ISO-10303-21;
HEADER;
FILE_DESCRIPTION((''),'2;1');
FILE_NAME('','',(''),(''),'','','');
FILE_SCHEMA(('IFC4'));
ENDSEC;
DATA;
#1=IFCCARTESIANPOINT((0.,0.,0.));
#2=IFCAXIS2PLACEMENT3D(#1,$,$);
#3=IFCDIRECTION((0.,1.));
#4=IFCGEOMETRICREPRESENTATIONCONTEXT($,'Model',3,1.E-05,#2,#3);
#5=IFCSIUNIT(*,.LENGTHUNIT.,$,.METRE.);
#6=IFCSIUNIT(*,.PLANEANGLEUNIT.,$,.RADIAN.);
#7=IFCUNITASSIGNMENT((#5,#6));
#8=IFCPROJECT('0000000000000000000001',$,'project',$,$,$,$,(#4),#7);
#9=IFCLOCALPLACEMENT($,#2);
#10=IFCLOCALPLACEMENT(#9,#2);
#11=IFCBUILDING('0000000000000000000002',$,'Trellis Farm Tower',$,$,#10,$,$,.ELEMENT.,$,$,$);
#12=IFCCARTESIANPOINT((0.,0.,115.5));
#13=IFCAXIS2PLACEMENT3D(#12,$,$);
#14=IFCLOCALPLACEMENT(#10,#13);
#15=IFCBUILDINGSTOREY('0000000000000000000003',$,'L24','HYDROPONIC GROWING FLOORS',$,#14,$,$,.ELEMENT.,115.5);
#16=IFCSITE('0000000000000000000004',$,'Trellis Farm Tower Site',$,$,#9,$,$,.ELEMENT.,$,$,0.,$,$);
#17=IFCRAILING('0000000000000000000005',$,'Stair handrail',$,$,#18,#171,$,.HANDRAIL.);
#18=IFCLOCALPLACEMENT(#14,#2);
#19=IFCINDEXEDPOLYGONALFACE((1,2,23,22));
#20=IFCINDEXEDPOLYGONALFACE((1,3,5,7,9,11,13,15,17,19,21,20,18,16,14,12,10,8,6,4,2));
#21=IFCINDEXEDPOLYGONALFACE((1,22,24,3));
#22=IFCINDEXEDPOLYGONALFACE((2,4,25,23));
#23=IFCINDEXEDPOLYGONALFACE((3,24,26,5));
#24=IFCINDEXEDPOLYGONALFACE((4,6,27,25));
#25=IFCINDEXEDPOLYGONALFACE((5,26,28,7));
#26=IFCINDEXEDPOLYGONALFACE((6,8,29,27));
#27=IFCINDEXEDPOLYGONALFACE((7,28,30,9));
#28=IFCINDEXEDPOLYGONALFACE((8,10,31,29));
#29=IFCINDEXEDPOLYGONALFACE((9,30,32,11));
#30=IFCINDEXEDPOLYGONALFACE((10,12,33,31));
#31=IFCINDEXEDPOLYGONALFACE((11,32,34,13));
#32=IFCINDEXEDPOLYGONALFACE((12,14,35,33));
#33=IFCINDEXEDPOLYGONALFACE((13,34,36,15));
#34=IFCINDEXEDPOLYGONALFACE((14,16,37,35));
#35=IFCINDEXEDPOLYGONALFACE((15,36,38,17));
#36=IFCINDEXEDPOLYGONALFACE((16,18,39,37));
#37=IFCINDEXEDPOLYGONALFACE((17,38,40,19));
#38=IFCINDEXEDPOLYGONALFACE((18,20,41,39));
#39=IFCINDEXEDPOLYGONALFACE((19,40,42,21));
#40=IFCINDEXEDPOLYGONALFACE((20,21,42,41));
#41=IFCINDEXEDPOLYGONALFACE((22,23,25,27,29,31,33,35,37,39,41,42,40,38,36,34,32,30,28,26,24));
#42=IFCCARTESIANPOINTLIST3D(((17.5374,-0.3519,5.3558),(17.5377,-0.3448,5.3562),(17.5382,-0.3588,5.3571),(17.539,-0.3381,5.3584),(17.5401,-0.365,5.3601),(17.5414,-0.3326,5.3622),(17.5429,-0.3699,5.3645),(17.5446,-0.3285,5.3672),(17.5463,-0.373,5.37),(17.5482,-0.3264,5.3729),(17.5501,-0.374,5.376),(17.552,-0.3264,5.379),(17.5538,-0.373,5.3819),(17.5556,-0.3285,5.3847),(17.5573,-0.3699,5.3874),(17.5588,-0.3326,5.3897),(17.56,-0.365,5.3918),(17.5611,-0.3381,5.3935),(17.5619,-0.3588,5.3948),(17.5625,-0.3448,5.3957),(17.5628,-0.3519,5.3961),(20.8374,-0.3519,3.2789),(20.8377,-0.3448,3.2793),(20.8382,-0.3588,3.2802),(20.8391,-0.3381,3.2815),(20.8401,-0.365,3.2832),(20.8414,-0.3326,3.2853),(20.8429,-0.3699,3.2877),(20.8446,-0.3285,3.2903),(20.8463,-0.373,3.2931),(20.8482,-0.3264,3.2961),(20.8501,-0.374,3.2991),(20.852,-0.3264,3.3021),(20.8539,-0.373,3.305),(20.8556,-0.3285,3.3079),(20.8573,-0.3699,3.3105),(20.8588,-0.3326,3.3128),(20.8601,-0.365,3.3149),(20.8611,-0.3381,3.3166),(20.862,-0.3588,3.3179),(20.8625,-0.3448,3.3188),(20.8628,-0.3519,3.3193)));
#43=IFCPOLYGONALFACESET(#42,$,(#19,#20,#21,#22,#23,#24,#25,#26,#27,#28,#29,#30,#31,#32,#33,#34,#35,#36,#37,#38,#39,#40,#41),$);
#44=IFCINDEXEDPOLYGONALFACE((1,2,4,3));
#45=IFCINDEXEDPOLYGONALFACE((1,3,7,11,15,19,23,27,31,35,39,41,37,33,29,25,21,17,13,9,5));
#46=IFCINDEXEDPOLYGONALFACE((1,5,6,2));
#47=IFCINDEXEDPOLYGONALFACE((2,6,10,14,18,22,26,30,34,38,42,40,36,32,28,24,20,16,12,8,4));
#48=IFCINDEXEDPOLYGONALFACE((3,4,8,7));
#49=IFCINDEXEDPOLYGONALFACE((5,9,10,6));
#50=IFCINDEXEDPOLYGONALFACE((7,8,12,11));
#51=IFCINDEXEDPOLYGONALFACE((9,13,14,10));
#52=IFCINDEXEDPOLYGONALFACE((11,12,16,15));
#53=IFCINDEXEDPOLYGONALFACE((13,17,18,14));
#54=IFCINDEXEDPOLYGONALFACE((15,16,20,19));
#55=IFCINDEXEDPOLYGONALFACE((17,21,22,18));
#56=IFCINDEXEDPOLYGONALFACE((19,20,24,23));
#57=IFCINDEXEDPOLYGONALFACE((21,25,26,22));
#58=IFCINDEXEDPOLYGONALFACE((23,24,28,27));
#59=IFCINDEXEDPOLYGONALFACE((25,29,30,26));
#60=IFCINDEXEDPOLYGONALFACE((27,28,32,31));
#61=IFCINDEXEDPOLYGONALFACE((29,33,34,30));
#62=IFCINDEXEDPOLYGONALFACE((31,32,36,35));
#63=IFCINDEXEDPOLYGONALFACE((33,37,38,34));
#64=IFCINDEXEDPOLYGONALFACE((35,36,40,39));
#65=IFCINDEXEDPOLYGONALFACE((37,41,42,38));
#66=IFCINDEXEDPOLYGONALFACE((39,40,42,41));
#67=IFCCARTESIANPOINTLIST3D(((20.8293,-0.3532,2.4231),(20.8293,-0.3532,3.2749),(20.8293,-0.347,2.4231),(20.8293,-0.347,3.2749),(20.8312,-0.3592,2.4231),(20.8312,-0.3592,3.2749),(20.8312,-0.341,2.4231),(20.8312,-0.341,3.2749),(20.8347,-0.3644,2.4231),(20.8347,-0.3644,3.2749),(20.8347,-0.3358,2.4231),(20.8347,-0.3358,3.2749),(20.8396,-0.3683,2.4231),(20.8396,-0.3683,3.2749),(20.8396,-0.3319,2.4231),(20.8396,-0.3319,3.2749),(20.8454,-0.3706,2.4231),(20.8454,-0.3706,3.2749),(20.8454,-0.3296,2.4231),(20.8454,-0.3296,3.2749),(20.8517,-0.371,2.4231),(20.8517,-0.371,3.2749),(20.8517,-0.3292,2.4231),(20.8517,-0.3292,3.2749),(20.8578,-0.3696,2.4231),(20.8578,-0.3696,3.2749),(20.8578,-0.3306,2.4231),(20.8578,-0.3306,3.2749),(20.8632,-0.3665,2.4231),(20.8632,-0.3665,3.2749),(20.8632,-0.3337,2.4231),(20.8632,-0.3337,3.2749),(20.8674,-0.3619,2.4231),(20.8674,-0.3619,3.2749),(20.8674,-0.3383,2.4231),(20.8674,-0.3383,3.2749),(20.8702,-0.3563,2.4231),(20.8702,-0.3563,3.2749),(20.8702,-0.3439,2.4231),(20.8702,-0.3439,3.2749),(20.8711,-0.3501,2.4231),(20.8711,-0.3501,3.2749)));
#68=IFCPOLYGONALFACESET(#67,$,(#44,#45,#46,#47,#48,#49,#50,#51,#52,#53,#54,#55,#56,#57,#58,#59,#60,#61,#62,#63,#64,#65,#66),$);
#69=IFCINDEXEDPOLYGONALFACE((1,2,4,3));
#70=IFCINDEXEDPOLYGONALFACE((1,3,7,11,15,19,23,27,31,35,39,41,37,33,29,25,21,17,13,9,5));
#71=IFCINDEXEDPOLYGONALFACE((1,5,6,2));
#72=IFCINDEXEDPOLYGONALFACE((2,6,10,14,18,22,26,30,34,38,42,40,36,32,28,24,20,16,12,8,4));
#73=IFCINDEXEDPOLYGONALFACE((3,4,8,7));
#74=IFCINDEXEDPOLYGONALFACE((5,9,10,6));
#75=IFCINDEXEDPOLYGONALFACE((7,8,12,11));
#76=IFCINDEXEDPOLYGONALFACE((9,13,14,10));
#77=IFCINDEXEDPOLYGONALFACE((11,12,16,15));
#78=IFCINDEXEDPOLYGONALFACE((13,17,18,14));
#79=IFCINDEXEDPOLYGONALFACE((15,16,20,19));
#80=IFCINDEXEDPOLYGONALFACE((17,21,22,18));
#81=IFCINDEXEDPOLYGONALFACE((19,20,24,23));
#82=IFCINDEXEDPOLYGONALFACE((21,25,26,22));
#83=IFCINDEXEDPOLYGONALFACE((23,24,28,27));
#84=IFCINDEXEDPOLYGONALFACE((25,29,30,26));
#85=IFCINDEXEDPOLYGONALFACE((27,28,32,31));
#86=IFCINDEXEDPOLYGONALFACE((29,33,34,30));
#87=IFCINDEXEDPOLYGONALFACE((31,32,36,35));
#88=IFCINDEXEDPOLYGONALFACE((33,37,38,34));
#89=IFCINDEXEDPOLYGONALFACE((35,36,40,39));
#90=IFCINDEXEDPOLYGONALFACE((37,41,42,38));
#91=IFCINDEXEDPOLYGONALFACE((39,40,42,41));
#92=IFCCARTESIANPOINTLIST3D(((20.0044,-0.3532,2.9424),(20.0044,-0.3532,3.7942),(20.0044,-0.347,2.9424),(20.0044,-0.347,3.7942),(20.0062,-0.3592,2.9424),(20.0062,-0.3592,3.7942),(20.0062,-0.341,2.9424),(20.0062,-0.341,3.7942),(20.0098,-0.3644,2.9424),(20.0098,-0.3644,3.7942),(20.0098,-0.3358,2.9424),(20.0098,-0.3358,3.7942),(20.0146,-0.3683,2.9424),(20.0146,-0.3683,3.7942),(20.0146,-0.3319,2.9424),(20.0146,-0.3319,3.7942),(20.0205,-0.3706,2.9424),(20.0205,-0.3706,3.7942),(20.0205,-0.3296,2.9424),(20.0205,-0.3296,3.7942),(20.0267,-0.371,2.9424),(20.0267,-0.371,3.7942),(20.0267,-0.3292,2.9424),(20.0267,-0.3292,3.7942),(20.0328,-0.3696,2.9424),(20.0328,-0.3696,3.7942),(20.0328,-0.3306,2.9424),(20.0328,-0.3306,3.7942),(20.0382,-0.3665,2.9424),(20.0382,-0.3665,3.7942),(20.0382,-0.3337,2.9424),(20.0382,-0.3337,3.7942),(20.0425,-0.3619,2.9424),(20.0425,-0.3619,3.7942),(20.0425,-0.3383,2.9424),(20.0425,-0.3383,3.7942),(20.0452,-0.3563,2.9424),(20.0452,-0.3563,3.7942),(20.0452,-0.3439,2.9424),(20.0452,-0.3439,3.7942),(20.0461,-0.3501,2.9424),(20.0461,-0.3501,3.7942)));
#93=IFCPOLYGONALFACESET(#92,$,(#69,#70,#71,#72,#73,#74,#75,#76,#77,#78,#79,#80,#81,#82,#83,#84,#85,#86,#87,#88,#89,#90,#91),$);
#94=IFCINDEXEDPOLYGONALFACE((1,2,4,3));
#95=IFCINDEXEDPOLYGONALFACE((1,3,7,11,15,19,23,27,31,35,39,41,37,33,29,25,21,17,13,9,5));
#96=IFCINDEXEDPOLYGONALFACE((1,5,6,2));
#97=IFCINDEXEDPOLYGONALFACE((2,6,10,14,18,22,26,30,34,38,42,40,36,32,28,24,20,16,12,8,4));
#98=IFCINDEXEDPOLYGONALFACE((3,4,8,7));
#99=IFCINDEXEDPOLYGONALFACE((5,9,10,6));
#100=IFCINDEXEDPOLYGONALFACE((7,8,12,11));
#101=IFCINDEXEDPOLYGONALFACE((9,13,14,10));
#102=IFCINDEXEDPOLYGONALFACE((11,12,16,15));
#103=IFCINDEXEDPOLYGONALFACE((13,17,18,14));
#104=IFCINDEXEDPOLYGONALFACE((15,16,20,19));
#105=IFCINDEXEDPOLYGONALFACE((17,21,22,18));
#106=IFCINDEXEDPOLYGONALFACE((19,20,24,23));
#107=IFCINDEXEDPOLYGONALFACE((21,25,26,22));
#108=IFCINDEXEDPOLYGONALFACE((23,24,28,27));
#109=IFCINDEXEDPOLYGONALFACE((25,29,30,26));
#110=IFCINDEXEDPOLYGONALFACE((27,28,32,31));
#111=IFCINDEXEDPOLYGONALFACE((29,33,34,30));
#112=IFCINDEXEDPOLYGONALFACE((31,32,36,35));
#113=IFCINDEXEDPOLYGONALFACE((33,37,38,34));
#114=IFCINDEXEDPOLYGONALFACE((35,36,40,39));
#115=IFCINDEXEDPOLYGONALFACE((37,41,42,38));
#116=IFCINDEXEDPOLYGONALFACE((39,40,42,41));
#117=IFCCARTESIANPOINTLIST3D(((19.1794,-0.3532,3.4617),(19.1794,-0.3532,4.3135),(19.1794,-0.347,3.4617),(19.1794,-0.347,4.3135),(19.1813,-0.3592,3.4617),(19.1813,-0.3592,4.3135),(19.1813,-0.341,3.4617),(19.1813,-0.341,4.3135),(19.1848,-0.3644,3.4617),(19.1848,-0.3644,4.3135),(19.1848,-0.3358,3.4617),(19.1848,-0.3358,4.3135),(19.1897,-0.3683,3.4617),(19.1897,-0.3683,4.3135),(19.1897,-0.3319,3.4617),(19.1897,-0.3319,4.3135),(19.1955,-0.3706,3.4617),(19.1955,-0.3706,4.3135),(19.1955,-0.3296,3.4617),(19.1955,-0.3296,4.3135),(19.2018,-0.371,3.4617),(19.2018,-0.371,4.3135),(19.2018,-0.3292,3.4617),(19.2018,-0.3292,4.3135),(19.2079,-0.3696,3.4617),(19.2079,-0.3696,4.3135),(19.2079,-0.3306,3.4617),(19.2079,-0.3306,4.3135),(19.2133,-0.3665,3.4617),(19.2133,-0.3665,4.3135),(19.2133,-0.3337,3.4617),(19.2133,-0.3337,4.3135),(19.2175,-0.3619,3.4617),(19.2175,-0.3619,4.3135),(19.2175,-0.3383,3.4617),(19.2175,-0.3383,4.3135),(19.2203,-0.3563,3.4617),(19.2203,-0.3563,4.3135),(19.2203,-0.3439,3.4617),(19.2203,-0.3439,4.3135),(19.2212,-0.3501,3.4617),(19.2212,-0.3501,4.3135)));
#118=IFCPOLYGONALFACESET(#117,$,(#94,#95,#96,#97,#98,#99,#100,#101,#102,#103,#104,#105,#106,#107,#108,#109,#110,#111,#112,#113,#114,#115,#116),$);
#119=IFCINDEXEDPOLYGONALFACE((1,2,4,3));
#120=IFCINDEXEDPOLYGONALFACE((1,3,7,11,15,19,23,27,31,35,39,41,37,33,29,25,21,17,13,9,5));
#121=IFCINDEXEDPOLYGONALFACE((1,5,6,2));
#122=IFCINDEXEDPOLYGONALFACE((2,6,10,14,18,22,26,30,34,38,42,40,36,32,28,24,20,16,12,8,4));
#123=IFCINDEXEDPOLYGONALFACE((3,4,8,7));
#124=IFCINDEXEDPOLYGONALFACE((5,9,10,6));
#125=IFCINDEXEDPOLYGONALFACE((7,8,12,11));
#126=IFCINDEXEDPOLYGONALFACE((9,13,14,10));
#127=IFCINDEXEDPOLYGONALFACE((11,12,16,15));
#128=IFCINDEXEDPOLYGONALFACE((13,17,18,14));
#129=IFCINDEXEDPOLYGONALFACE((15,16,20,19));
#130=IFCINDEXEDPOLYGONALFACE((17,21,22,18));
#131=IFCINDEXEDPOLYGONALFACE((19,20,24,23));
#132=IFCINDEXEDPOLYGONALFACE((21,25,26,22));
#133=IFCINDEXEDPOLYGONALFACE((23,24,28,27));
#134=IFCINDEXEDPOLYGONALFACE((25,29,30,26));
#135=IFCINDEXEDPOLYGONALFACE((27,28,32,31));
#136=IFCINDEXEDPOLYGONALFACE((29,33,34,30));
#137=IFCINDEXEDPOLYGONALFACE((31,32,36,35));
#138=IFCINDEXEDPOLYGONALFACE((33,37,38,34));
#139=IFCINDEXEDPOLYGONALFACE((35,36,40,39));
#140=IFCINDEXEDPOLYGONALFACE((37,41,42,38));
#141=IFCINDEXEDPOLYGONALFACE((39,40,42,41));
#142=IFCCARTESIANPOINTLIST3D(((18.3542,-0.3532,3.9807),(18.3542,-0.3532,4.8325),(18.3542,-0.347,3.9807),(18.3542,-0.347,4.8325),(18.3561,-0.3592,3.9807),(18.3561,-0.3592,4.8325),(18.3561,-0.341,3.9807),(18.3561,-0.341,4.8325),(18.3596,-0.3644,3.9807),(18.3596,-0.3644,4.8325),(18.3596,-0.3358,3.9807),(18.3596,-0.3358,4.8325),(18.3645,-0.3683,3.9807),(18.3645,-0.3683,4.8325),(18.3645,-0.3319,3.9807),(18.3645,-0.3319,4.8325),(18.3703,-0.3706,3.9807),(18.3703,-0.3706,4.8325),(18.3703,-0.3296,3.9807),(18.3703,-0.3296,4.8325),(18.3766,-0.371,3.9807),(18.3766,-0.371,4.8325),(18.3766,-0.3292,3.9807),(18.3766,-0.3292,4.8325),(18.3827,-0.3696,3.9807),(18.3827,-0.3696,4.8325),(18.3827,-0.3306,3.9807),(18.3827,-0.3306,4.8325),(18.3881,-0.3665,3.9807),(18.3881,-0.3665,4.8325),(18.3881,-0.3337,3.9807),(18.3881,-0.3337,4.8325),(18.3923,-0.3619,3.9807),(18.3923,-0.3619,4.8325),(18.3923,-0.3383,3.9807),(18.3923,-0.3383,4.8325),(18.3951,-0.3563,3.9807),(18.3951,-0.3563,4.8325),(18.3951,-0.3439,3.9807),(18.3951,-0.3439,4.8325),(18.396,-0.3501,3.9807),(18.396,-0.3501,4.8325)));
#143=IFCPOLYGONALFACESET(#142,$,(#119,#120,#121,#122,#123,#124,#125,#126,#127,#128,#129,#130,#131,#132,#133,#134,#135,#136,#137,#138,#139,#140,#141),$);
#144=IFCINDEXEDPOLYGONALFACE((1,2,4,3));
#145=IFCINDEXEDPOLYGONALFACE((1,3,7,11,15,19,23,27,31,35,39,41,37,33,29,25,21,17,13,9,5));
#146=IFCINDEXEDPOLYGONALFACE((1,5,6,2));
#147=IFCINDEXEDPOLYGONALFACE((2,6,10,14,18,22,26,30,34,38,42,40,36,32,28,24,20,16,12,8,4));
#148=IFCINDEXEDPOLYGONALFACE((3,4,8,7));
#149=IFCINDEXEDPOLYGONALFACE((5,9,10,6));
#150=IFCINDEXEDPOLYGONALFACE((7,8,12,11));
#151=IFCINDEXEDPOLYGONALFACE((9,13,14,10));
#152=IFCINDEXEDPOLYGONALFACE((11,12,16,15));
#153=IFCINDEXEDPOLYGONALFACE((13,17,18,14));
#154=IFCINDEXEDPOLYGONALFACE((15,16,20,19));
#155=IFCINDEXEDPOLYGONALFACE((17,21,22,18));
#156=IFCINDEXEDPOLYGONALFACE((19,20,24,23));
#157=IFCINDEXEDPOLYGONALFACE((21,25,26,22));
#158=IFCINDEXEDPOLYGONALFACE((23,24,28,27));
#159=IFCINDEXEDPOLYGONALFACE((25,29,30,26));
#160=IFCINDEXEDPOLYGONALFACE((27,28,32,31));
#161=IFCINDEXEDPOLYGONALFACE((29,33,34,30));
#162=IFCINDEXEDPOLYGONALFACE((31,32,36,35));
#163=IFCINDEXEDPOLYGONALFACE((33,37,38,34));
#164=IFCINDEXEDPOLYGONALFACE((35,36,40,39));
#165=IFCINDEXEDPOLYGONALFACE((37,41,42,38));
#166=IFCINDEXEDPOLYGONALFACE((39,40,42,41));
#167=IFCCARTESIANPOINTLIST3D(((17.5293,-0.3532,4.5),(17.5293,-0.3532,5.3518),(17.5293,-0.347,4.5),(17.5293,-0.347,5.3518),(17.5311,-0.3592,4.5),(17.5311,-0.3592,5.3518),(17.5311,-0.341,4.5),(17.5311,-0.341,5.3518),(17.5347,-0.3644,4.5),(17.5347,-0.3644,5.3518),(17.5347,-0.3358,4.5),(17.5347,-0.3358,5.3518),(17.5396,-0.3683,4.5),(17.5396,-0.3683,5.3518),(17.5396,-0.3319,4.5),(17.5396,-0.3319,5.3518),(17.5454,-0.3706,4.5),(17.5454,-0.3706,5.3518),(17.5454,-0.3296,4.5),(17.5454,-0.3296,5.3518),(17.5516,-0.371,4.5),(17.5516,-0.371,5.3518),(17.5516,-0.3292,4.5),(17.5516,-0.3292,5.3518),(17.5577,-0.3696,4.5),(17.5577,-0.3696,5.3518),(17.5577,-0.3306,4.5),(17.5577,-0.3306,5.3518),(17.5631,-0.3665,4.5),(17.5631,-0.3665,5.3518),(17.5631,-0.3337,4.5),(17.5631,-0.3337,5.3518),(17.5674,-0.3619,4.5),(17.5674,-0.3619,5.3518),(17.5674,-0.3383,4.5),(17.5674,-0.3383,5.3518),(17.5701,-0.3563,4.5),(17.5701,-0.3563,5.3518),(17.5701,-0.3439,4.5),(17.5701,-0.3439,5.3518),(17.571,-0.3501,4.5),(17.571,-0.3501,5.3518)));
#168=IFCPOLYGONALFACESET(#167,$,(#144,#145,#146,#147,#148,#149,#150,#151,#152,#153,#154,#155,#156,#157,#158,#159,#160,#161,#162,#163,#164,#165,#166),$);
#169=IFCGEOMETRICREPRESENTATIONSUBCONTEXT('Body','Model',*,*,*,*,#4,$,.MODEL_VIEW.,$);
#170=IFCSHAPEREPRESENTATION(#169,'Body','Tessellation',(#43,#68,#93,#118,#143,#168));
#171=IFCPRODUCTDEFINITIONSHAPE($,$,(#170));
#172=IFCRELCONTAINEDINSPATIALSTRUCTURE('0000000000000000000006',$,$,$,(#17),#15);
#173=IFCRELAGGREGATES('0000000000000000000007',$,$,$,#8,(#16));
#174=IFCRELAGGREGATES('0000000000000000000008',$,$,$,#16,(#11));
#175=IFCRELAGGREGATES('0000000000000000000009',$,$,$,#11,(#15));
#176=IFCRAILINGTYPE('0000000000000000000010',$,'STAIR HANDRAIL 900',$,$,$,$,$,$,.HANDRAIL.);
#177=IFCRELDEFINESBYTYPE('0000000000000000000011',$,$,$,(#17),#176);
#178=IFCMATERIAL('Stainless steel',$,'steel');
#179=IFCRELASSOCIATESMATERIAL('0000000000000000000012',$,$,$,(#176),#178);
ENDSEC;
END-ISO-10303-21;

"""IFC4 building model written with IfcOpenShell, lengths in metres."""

from ifc_helpers import new_model, si_unit, direction, frame, origin, origin_2d, place, context, subcontext, project, spatial, circle, extrude, source, transform, mapped, material, type_object, element, save


model = new_model("IFC4")

# Units and contexts
model_context = context("Model", 3, precision=1e-05, world=origin(), true_north=direction((0.0, 1.0)))
body_context = subcontext(model_context, "Body", "Model", "MODEL_VIEW")
ifc_project = project(units=[si_unit("LENGTHUNIT", "METRE"), si_unit("PLANEANGLEUNIT", "RADIAN")], contexts=[model_context])

# Site, building, storey
site_placement = place(None, origin())
site = spatial("IfcSite", under=ifc_project, at=site_placement, Name="Trellis Farm Tower Site", CompositionType="ELEMENT", RefElevation=0.0)
building_placement = place(site_placement, origin())
building = spatial("IfcBuilding", under=site, at=building_placement, Name="Trellis Farm Tower", CompositionType="ELEMENT")
storey_placement = place(building_placement, frame((0.0, 0.0, 115.5)))
storey = spatial("IfcBuildingStorey", under=building, at=storey_placement, Name="L24", Description="HYDROPONIC GROWING FLOORS", CompositionType="ELEMENT", Elevation=115.5)

# Shared definitions
ifc_material_1 = material(Name="Stainless steel", Category="steel")

# Railing
railing_type = type_object("IfcRailingType", Name="STAIR HANDRAIL 900", PredefinedType="HANDRAIL", material=ifc_material_1)
shared_shape_1 = source(origin(), body_context, "Body", "SweptSolid", [
    extrude(circle(Radius=0.0239, at=origin_2d()), frame((0.0, 0.0, 0.876), z_axis=(-0.846337, 0.0, 0.532647), x_axis=(0.0, -1.0, 0.0)), (0.0, 0.0, 1.0), 3.8992),
    extrude(circle(Radius=0.021, at=origin_2d()), origin(), (0.0, 0.0, 1.0), 0.8518),
    extrude(circle(Radius=0.021, at=origin_2d()), frame((-0.825, 0.0, 0.5193)), (0.0, 0.0, 1.0), 0.8518),
    extrude(circle(Radius=0.021, at=origin_2d()), frame((-1.6499, 0.0, 1.0386)), (0.0, 0.0, 1.0), 0.8518),
    extrude(circle(Radius=0.021, at=origin_2d()), frame((-2.4751, 0.0, 1.5576)), (0.0, 0.0, 1.0), 0.8518),
    extrude(circle(Radius=0.021, at=origin_2d()), frame((-3.3, 0.0, 2.0769)), (0.0, 0.0, 1.0), 0.8518),
])
for number, where, name in (
    (1, (20.8501, -0.3501, 2.4231), "Stair handrail"),
):
    element("IfcRailing", number, at=place(storey_placement, frame(where)), inside=storey, type_object=railing_type, Name=name, PredefinedType="HANDRAIL", context=body_context, shape_type="MappedRepresentation", body=[
        mapped(shared_shape_1, transform((0.0, 0.0, 0.0))),
    ])

save(model, "model.ifc")
